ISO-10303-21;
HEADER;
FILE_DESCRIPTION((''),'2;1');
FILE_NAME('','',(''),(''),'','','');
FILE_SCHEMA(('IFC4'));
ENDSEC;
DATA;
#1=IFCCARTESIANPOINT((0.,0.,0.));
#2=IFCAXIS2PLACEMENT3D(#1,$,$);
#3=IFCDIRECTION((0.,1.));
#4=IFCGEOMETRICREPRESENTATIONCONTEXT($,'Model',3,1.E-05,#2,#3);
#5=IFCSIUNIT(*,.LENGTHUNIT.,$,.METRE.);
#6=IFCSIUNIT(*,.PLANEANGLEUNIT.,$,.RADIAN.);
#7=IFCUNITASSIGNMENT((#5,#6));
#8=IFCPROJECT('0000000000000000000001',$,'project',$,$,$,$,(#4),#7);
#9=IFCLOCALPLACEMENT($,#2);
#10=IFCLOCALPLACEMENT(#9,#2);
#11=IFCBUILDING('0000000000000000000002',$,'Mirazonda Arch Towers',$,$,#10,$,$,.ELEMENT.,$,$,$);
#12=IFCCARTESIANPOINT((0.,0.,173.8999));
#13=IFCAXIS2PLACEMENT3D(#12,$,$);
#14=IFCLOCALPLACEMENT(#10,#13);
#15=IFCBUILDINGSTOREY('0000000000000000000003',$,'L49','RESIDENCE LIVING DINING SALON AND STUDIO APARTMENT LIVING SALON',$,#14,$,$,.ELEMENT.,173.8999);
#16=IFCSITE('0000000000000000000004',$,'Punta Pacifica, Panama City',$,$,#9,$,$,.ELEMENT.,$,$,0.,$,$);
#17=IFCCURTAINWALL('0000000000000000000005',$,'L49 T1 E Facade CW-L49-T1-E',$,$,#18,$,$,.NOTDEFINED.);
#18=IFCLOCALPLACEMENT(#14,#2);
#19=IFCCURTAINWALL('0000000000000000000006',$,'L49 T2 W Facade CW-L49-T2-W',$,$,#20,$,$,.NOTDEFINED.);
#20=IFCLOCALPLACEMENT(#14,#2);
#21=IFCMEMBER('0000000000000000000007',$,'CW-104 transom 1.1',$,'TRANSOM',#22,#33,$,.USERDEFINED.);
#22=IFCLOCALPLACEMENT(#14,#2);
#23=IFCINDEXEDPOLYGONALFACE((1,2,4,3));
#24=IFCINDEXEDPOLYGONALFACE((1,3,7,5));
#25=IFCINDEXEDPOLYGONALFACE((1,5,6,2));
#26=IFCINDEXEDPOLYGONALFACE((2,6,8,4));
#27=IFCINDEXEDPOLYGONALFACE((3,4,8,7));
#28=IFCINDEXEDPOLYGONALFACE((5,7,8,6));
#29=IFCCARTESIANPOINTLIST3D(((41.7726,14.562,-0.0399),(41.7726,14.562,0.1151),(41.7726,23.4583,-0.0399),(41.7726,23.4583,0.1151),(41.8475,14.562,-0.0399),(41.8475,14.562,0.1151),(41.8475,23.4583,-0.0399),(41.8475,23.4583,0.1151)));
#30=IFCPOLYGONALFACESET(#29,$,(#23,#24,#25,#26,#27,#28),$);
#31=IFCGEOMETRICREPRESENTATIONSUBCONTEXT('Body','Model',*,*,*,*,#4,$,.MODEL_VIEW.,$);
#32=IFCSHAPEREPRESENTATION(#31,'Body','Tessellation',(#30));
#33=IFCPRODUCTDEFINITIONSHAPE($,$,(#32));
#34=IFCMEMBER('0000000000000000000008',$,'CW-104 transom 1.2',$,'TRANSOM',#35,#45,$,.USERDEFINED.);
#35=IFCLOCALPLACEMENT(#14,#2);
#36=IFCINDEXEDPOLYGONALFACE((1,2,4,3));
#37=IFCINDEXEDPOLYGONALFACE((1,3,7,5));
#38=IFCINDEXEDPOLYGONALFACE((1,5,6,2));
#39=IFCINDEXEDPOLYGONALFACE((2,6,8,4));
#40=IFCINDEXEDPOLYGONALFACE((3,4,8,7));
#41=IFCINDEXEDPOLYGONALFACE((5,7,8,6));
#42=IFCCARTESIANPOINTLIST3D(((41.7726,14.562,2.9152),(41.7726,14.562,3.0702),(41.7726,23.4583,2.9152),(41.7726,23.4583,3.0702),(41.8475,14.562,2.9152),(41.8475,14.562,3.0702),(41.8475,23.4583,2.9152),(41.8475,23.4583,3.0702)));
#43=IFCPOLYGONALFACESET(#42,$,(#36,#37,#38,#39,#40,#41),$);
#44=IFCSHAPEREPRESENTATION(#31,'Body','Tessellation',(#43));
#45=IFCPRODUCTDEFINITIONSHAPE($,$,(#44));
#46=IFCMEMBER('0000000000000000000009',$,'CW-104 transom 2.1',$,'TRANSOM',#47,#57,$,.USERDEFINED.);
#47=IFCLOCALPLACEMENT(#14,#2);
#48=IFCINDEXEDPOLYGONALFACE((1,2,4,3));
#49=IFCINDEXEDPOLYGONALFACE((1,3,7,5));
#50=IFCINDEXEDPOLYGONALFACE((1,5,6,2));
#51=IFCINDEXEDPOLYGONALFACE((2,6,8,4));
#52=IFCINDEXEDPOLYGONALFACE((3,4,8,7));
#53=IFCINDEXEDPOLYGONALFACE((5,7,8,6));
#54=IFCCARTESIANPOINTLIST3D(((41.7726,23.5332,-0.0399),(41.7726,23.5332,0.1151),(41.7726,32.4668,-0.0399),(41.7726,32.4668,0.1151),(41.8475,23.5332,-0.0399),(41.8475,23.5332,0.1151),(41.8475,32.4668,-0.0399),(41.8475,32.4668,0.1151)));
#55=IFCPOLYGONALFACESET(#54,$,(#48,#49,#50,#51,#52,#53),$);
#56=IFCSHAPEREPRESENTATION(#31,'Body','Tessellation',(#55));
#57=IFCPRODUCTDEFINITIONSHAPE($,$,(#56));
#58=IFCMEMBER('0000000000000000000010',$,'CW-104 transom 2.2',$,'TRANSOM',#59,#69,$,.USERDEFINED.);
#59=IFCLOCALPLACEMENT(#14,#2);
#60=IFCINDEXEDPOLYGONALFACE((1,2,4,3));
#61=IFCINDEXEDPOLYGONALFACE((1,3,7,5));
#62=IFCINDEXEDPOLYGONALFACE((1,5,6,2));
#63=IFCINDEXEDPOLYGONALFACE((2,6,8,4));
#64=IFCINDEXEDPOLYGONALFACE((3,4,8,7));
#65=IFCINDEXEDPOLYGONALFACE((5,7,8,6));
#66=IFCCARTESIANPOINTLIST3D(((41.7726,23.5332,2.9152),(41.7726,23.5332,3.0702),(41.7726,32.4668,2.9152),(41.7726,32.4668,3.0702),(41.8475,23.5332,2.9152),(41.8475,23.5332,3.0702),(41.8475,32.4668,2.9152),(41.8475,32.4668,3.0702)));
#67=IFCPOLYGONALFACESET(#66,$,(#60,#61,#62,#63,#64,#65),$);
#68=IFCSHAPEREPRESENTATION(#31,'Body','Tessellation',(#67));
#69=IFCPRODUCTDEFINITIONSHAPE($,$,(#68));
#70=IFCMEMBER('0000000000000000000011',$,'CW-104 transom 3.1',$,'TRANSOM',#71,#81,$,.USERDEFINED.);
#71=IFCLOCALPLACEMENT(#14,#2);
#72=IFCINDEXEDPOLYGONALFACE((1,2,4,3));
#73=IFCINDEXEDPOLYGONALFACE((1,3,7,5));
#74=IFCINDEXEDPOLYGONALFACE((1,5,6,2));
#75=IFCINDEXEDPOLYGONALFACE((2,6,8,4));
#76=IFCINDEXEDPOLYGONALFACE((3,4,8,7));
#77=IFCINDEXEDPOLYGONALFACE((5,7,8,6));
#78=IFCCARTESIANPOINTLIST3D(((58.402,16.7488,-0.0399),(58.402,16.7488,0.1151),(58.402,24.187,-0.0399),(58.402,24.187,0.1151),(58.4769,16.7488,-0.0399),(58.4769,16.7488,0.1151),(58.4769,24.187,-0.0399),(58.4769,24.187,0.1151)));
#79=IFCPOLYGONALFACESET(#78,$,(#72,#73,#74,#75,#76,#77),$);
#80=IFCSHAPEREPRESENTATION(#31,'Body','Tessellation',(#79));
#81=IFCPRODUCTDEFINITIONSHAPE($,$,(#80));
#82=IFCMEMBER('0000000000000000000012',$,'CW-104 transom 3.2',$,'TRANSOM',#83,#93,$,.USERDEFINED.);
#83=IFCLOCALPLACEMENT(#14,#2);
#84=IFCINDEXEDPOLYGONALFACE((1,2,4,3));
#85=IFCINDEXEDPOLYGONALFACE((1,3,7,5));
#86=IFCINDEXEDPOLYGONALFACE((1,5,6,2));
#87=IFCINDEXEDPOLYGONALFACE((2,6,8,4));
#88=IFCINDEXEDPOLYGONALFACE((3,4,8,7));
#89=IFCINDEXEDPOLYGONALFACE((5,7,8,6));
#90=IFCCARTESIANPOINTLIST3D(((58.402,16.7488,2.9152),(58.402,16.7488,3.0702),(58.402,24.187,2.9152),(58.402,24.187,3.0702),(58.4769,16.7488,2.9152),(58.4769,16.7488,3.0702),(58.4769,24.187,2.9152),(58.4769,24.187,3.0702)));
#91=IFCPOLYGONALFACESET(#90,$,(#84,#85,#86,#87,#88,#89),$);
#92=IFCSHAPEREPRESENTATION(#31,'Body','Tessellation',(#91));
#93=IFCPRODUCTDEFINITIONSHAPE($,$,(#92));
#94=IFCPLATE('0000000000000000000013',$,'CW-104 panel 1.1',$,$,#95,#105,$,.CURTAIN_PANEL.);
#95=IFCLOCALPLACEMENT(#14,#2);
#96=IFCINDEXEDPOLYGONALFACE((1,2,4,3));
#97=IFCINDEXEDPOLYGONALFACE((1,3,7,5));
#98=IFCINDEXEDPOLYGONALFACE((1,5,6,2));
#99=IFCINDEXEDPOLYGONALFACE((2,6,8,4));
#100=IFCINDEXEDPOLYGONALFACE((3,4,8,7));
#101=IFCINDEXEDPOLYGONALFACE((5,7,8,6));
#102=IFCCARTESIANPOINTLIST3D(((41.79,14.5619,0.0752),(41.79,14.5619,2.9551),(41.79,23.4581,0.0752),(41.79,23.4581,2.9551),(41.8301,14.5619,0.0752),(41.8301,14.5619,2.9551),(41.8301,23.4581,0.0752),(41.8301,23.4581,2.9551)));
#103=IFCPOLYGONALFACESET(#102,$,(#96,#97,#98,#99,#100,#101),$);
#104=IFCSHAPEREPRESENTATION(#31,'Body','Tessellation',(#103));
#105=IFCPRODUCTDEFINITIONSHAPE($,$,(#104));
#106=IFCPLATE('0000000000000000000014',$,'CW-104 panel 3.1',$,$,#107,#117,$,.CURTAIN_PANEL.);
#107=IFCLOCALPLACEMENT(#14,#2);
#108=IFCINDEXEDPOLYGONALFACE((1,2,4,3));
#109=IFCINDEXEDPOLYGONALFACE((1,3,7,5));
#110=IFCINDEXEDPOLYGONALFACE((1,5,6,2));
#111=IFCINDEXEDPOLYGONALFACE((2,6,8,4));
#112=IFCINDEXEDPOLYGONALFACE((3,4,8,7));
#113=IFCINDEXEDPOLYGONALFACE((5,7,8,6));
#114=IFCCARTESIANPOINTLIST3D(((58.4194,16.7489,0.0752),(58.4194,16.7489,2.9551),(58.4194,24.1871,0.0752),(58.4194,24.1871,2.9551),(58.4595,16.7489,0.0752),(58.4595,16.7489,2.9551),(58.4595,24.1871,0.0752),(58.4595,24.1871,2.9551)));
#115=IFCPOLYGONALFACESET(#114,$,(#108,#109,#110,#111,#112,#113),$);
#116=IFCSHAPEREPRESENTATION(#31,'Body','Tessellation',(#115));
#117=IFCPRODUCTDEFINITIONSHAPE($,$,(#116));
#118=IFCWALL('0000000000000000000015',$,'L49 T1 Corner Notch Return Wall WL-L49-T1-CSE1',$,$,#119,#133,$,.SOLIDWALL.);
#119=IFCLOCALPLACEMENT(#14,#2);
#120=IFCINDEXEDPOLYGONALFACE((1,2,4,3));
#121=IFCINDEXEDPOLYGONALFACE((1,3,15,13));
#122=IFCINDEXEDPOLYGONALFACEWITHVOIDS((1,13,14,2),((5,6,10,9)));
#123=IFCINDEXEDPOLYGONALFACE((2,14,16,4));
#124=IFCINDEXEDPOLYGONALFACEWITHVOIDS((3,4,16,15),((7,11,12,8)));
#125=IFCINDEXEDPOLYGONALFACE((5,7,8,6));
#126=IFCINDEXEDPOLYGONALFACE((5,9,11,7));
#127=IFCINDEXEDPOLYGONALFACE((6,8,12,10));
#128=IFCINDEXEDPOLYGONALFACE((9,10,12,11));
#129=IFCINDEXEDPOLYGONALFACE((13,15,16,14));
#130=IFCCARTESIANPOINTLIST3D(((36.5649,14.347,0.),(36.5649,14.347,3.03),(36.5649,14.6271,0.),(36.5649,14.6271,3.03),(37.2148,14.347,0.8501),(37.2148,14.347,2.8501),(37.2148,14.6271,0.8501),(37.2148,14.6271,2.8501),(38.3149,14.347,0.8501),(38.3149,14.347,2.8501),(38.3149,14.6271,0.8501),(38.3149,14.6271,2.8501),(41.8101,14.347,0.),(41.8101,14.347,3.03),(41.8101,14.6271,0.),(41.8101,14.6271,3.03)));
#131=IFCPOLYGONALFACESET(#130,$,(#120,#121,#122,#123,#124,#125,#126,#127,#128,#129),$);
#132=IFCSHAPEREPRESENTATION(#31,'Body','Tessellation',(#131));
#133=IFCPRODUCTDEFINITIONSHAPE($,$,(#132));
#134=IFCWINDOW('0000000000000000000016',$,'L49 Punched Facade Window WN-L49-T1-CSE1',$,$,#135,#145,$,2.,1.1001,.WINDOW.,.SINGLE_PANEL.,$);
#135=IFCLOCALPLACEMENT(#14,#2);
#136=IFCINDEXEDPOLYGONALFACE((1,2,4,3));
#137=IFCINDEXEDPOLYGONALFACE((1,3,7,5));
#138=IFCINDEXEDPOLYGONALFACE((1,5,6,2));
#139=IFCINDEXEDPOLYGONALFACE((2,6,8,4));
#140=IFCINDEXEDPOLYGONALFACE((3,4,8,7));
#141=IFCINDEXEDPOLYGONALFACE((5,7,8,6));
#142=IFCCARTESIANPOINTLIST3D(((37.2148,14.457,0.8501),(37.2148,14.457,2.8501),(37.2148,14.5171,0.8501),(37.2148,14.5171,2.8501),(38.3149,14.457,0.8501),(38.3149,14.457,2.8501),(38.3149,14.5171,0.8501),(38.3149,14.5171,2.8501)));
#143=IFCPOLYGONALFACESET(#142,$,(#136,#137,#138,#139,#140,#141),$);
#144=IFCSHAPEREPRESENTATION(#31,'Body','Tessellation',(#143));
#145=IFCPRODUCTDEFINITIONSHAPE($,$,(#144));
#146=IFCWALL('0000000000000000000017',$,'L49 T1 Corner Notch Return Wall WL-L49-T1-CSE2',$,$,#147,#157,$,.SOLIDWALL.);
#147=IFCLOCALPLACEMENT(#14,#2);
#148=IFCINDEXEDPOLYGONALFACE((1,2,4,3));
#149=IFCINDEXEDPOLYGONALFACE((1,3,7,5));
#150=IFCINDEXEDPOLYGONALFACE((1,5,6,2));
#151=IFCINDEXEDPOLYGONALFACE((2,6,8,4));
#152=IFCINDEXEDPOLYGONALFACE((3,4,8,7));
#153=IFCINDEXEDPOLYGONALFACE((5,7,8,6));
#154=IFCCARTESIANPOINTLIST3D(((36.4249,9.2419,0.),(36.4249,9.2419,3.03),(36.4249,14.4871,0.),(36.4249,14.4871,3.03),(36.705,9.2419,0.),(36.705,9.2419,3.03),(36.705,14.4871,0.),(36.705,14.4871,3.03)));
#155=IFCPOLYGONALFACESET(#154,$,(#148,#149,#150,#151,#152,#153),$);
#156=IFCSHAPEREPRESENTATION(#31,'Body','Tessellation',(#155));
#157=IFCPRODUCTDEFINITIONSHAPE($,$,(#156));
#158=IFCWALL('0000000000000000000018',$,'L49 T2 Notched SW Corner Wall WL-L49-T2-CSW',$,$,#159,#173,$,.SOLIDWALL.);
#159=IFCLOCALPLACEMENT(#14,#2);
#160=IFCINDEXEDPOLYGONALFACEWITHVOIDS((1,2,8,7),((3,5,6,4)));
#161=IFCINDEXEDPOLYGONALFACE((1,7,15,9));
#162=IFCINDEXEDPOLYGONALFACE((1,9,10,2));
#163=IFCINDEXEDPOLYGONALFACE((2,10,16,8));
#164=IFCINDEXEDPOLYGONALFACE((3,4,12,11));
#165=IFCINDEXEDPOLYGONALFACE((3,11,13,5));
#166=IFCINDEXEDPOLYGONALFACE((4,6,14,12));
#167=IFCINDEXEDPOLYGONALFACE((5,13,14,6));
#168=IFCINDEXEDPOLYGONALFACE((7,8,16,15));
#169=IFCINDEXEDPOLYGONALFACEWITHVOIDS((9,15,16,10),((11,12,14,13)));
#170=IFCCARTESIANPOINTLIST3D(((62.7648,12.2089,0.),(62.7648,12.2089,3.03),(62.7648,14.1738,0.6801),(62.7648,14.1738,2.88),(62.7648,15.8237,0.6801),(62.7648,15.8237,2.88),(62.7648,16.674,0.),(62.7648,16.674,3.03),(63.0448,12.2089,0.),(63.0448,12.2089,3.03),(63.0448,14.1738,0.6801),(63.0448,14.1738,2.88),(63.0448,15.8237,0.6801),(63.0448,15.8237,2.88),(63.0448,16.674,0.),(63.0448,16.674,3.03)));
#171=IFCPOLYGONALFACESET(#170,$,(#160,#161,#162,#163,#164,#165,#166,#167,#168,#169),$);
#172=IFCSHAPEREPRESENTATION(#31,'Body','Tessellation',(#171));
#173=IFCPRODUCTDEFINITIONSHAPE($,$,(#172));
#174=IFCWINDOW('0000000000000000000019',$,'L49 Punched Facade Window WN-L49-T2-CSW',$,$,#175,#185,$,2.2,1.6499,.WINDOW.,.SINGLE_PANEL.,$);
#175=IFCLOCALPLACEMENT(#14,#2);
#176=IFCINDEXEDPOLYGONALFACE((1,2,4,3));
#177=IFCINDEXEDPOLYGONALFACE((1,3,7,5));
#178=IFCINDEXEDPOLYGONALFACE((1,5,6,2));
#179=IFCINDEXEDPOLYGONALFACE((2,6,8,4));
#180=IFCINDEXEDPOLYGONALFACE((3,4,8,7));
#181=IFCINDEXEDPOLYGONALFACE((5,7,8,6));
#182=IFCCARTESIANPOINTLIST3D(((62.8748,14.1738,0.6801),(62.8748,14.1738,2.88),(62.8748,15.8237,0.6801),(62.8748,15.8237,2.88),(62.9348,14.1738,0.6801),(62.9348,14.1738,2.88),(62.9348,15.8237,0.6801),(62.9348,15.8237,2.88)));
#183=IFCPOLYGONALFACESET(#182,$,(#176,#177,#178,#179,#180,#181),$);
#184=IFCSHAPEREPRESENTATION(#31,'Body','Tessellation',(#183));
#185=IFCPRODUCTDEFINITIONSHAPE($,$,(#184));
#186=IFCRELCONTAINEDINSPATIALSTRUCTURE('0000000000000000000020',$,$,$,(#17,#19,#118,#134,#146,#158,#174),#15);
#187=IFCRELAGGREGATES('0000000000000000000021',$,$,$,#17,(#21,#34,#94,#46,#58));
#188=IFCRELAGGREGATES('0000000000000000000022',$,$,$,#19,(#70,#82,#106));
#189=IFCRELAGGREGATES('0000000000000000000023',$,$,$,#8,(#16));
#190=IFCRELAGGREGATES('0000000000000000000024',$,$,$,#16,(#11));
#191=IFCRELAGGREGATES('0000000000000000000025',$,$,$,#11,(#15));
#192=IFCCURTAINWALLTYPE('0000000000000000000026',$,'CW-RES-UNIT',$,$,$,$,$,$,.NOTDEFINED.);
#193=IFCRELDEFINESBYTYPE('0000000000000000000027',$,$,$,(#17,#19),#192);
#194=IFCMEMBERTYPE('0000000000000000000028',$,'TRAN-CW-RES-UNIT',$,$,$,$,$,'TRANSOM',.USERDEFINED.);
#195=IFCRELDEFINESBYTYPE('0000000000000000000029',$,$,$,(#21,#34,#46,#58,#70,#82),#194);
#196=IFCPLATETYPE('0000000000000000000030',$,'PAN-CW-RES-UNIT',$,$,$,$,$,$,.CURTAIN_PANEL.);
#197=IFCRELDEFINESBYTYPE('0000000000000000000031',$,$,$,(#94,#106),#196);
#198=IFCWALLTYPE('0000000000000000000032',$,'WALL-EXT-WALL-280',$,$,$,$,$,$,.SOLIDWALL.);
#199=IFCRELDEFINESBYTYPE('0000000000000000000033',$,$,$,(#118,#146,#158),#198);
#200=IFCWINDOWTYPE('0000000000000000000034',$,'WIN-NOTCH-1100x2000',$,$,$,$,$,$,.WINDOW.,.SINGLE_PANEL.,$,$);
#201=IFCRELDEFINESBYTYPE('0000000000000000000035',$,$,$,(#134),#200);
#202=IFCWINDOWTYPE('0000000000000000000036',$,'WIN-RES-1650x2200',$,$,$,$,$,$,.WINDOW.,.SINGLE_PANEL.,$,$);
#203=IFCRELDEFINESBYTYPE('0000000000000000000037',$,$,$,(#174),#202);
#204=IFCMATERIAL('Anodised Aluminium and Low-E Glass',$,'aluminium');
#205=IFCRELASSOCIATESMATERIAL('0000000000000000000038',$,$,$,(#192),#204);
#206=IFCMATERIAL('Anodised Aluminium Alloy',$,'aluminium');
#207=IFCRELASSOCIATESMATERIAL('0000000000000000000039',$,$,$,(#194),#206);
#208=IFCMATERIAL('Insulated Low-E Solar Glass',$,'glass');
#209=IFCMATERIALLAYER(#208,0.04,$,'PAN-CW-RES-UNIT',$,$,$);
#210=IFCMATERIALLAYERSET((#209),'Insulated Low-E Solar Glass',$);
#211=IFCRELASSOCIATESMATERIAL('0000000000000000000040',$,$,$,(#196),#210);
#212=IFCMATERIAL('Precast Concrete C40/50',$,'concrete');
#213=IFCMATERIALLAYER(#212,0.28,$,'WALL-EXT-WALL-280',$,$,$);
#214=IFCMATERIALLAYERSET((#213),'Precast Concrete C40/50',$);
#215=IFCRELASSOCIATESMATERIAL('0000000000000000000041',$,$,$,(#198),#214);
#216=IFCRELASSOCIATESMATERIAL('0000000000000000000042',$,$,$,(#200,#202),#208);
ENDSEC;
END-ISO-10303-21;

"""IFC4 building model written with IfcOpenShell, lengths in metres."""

from ifc_helpers import new_model, si_unit, direction, frame, frame_2d, origin, origin_2d, place, context, subcontext, project, spatial, rectangle, extrude, material, layer, layer_set, material_profile, profile_set, type_object, element, fill, aggregate, save


model = new_model("IFC4")

# Units and contexts
model_context = context("Model", 3, precision=1e-05, world=origin(), true_north=direction((0.0, 1.0)))
body_context = subcontext(model_context, "Body", "Model", "MODEL_VIEW")
ifc_project = project(units=[si_unit("LENGTHUNIT", "METRE"), si_unit("PLANEANGLEUNIT", "RADIAN")], contexts=[model_context])

# Site, building, storey
site_placement = place(None, origin())
site = spatial("IfcSite", under=ifc_project, at=site_placement, Name="Punta Pacifica, Panama City", CompositionType="ELEMENT", RefElevation=0.0)
building_placement = place(site_placement, origin())
building = spatial("IfcBuilding", under=site, at=building_placement, Name="Mirazonda Arch Towers", CompositionType="ELEMENT")
storey_placement = place(building_placement, frame((0.0, 0.0, 173.8999)))
storey = spatial("IfcBuildingStorey", under=building, at=storey_placement, Name="L49", Description="RESIDENCE LIVING DINING SALON AND STUDIO APARTMENT LIVING SALON", CompositionType="ELEMENT", Elevation=173.8999)

# Curtain walls
ifc_material_1 = material(Name="Anodised Aluminium and Low-E Glass", Category="aluminium")
curtain_wall_type = type_object("IfcCurtainWallType", Name="CW-RES-UNIT", PredefinedType="NOTDEFINED", material=ifc_material_1)
curtain_wall_1_placement = place(storey_placement, origin())
curtain_wall_1 = element("IfcCurtainWall", 1, at=curtain_wall_1_placement, inside=storey, type_object=curtain_wall_type, Name="L49 T1 E Facade CW-L49-T1-E", PredefinedType="NOTDEFINED")
ifc_material_2 = material(Name="Anodised Aluminium Alloy", Category="aluminium")
curtain_wall_2_placement = place(storey_placement, origin())
curtain_wall_2 = element("IfcCurtainWall", 2, at=curtain_wall_2_placement, inside=storey, type_object=curtain_wall_type, Name="L49 T2 W Facade CW-L49-T2-W", PredefinedType="NOTDEFINED")

# Members
ifc_material_profile_1 = material_profile(ifc_material_2, rectangle(XDim=0.075, YDim=0.155, at=origin_2d()), Name="ALU-TRAN-75x155")
ifc_profile_set_1 = profile_set([ifc_material_profile_1], Name="Anodised Aluminium Alloy")
member_type_1 = type_object("IfcMemberType", Name="TRAN-CW-RES-UNIT", ElementType="TRANSOM", PredefinedType="USERDEFINED", material=ifc_profile_set_1)
member_1_placement = place(storey_placement, frame((41.8101, 14.562, 0.0376), z_axis=(0.0, 1.0, 0.0), x_axis=(-1.0, 0.0, 0.0)))
member_1 = element("IfcMember", 3, at=member_1_placement, type_object=member_type_1, Name="CW-104 transom 1.1", ObjectType="TRANSOM", PredefinedType="USERDEFINED", context=body_context, shape_type="SweptSolid", body=[
    extrude(rectangle(XDim=0.075, YDim=0.155, at=origin_2d()), origin(), (0.0, 0.0, 1.0), 8.8962),
])
member_2_placement = place(storey_placement, frame((41.8101, 14.562, 2.9927), z_axis=(0.0, 1.0, 0.0), x_axis=(-1.0, 0.0, 0.0)))
member_2 = element("IfcMember", 4, at=member_2_placement, type_object=member_type_1, Name="CW-104 transom 1.2", ObjectType="TRANSOM", PredefinedType="USERDEFINED", context=body_context, shape_type="SweptSolid", body=[
    extrude(rectangle(XDim=0.075, YDim=0.155, at=origin_2d()), origin(), (0.0, 0.0, 1.0), 8.8962),
])
member_3_placement = place(storey_placement, frame((41.8101, 23.5332, 0.0376), z_axis=(0.0, 1.0, 0.0), x_axis=(-1.0, 0.0, 0.0)))
member_3 = element("IfcMember", 5, at=member_3_placement, type_object=member_type_1, Name="CW-104 transom 2.1", ObjectType="TRANSOM", PredefinedType="USERDEFINED", context=body_context, shape_type="SweptSolid", body=[
    extrude(rectangle(XDim=0.075, YDim=0.155, at=origin_2d()), origin(), (0.0, 0.0, 1.0), 8.9336),
])
member_4_placement = place(storey_placement, frame((41.8101, 23.5332, 2.9927), z_axis=(0.0, 1.0, 0.0), x_axis=(-1.0, 0.0, 0.0)))
member_4 = element("IfcMember", 6, at=member_4_placement, type_object=member_type_1, Name="CW-104 transom 2.2", ObjectType="TRANSOM", PredefinedType="USERDEFINED", context=body_context, shape_type="SweptSolid", body=[
    extrude(rectangle(XDim=0.075, YDim=0.155, at=origin_2d()), origin(), (0.0, 0.0, 1.0), 8.9336),
])
member_5_placement = place(storey_placement, frame((58.4395, 24.187, 0.0376), z_axis=(0.0, -1.0, 0.0), x_axis=(1.0, 0.0, 0.0)))
member_5 = element("IfcMember", 7, at=member_5_placement, type_object=member_type_1, Name="CW-104 transom 3.1", ObjectType="TRANSOM", PredefinedType="USERDEFINED", context=body_context, shape_type="SweptSolid", body=[
    extrude(rectangle(XDim=0.075, YDim=0.155, at=origin_2d()), origin(), (0.0, 0.0, 1.0), 7.4382),
])
member_6_placement = place(storey_placement, frame((58.4395, 24.187, 2.9927), z_axis=(0.0, -1.0, 0.0), x_axis=(1.0, 0.0, 0.0)))
member_6 = element("IfcMember", 8, at=member_6_placement, type_object=member_type_1, Name="CW-104 transom 3.2", ObjectType="TRANSOM", PredefinedType="USERDEFINED", context=body_context, shape_type="SweptSolid", body=[
    extrude(rectangle(XDim=0.075, YDim=0.155, at=origin_2d()), origin(), (0.0, 0.0, 1.0), 7.4382),
])

# Plates
ifc_material_3 = material(Name="Insulated Low-E Solar Glass", Category="glass")
ifc_layer_1 = layer(ifc_material_3, 0.04, Name="PAN-CW-RES-UNIT")
ifc_layer_set_1 = layer_set([ifc_layer_1], Name="Insulated Low-E Solar Glass")
plate_type = type_object("IfcPlateType", Name="PAN-CW-RES-UNIT", PredefinedType="CURTAIN_PANEL", material=ifc_layer_set_1)
plate_1_placement = place(storey_placement, frame((41.8101, 19.01, 0.0752), z_axis=(0.0, 0.0, 1.0), x_axis=(0.0, 1.0, 0.0)))
plate_1 = element("IfcPlate", 9, at=plate_1_placement, type_object=plate_type, Name="CW-104 panel 1.1", PredefinedType="CURTAIN_PANEL", context=body_context, shape_type="SweptSolid", body=[
    extrude(rectangle(XDim=8.8962, YDim=0.04, at=origin_2d()), origin(), (0.0, 0.0, 1.0), 2.8799),
])
aggregate(curtain_wall_1, [member_1, member_2, plate_1, member_3, member_4])
plate_2_placement = place(storey_placement, frame((58.4395, 20.468, 0.0752), z_axis=(0.0, 0.0, 1.0), x_axis=(0.0, -1.0, 0.0)))
plate_2 = element("IfcPlate", 10, at=plate_2_placement, type_object=plate_type, Name="CW-104 panel 3.1", PredefinedType="CURTAIN_PANEL", context=body_context, shape_type="SweptSolid", body=[
    extrude(rectangle(XDim=7.4382, YDim=0.04, at=origin_2d()), origin(), (0.0, 0.0, 1.0), 2.8799),
])
aggregate(curtain_wall_2, [member_5, member_6, plate_2])

# Wall, opening, window
ifc_material_4 = material(Name="Precast Concrete C40/50", Category="concrete")
ifc_layer_2 = layer(ifc_material_4, 0.28, Name="WALL-EXT-WALL-280")
ifc_layer_set_2 = layer_set([ifc_layer_2], Name="Precast Concrete C40/50")
wall_type_1 = type_object("IfcWallType", Name="WALL-EXT-WALL-280", PredefinedType="SOLIDWALL", material=ifc_layer_set_2)
wall_1_placement = place(storey_placement, frame((36.5649, 14.4871, 0.0), z_axis=(0.0, 0.0, 1.0), x_axis=(1.0, 0.0, 0.0)))
wall_1 = element("IfcWall", 11, at=wall_1_placement, inside=storey, type_object=wall_type_1, Name="L49 T1 Corner Notch Return Wall WL-L49-T1-CSE1", PredefinedType="SOLIDWALL", context=body_context, shape_type="SweptSolid", body=[
    extrude(rectangle(XDim=5.2451, YDim=0.28, at=frame_2d((2.6226, 0.0))), origin(), (0.0, 0.0, 1.0), 3.03),
])
opening_1_placement = place(wall_1_placement, frame((0.6499, 0.0, 0.8501)))
opening_1 = element("IfcOpeningElement", 12, at=opening_1_placement, cuts=wall_1, PredefinedType="OPENING", context=body_context, shape_type="SweptSolid", body=[
    extrude(rectangle(XDim=1.1001, YDim=2.0, at=frame_2d((0.55, 1.0))), frame((0.0, 0.1499, 0.0), z_axis=(0.0, -1.0, 0.0), x_axis=(1.0, 0.0, 0.0)), (0.0, 0.0, 1.0), 0.3),
])
window_type_1 = type_object("IfcWindowType", Name="WIN-NOTCH-1100x2000", PartitioningType="SINGLE_PANEL", PredefinedType="WINDOW", material=ifc_material_3)
window_1_placement = place(opening_1_placement, origin())
window_1 = element("IfcWindow", 13, at=window_1_placement, inside=storey, type_object=window_type_1, Name="L49 Punched Facade Window WN-L49-T1-CSE1", OverallHeight=2.0, OverallWidth=1.1001, PartitioningType="SINGLE_PANEL", PredefinedType="WINDOW", context=body_context, shape_type="SweptSolid", body=[
    extrude(rectangle(XDim=1.1001, YDim=2.0, at=frame_2d((0.55, 1.0))), frame((0.0, 0.03, 0.0), z_axis=(0.0, -1.0, 0.0), x_axis=(1.0, 0.0, 0.0)), (0.0, 0.0, 1.0), 0.0601),
])
fill(opening_1, window_1)

# Wall
wall_2_placement = place(storey_placement, frame((36.5649, 9.2419, 0.0), z_axis=(0.0, 0.0, 1.0), x_axis=(0.0, 1.0, 0.0)))
element("IfcWall", 14, at=wall_2_placement, inside=storey, type_object=wall_type_1, Name="L49 T1 Corner Notch Return Wall WL-L49-T1-CSE2", PredefinedType="SOLIDWALL", context=body_context, shape_type="SweptSolid", body=[
    extrude(rectangle(XDim=5.2451, YDim=0.28, at=frame_2d((2.6226, 0.0))), origin(), (0.0, 0.0, 1.0), 3.03),
])

# Wall, opening, window
wall_3_placement = place(storey_placement, frame((62.9048, 16.6738, 0.0), z_axis=(0.0, 0.0, 1.0), x_axis=(0.0, -1.0, 0.0)))
wall_3 = element("IfcWall", 15, at=wall_3_placement, inside=storey, type_object=wall_type_1, Name="L49 T2 Notched SW Corner Wall WL-L49-T2-CSW", PredefinedType="SOLIDWALL", context=body_context, shape_type="SweptSolid", body=[
    extrude(rectangle(XDim=4.4651, YDim=0.28, at=frame_2d((2.2324, 0.0))), origin(), (0.0, 0.0, 1.0), 3.03),
])
opening_2_placement = place(wall_3_placement, frame((0.8501, 0.0, 0.6799)))
opening_2 = element("IfcOpeningElement", 16, at=opening_2_placement, cuts=wall_3, PredefinedType="OPENING", context=body_context, shape_type="SweptSolid", body=[
    extrude(rectangle(XDim=1.6499, YDim=2.2, at=frame_2d((0.825, 1.1001))), frame((0.0, 0.1499, 0.0), z_axis=(0.0, -1.0, 0.0), x_axis=(1.0, 0.0, 0.0)), (0.0, 0.0, 1.0), 0.3),
])
window_type_2 = type_object("IfcWindowType", Name="WIN-RES-1650x2200", PartitioningType="SINGLE_PANEL", PredefinedType="WINDOW", material=ifc_material_3)
window_2_placement = place(opening_2_placement, origin())
window_2 = element("IfcWindow", 17, at=window_2_placement, inside=storey, type_object=window_type_2, Name="L49 Punched Facade Window WN-L49-T2-CSW", OverallHeight=2.2, OverallWidth=1.6499, PartitioningType="SINGLE_PANEL", PredefinedType="WINDOW", context=body_context, shape_type="SweptSolid", body=[
    extrude(rectangle(XDim=1.6499, YDim=2.2, at=frame_2d((0.825, 1.1001))), frame((0.0, 0.03, 0.0), z_axis=(0.0, -1.0, 0.0), x_axis=(1.0, 0.0, 0.0)), (0.0, 0.0, 1.0), 0.0601),
])
fill(opening_2, window_2)

save(model, "model.ifc")
